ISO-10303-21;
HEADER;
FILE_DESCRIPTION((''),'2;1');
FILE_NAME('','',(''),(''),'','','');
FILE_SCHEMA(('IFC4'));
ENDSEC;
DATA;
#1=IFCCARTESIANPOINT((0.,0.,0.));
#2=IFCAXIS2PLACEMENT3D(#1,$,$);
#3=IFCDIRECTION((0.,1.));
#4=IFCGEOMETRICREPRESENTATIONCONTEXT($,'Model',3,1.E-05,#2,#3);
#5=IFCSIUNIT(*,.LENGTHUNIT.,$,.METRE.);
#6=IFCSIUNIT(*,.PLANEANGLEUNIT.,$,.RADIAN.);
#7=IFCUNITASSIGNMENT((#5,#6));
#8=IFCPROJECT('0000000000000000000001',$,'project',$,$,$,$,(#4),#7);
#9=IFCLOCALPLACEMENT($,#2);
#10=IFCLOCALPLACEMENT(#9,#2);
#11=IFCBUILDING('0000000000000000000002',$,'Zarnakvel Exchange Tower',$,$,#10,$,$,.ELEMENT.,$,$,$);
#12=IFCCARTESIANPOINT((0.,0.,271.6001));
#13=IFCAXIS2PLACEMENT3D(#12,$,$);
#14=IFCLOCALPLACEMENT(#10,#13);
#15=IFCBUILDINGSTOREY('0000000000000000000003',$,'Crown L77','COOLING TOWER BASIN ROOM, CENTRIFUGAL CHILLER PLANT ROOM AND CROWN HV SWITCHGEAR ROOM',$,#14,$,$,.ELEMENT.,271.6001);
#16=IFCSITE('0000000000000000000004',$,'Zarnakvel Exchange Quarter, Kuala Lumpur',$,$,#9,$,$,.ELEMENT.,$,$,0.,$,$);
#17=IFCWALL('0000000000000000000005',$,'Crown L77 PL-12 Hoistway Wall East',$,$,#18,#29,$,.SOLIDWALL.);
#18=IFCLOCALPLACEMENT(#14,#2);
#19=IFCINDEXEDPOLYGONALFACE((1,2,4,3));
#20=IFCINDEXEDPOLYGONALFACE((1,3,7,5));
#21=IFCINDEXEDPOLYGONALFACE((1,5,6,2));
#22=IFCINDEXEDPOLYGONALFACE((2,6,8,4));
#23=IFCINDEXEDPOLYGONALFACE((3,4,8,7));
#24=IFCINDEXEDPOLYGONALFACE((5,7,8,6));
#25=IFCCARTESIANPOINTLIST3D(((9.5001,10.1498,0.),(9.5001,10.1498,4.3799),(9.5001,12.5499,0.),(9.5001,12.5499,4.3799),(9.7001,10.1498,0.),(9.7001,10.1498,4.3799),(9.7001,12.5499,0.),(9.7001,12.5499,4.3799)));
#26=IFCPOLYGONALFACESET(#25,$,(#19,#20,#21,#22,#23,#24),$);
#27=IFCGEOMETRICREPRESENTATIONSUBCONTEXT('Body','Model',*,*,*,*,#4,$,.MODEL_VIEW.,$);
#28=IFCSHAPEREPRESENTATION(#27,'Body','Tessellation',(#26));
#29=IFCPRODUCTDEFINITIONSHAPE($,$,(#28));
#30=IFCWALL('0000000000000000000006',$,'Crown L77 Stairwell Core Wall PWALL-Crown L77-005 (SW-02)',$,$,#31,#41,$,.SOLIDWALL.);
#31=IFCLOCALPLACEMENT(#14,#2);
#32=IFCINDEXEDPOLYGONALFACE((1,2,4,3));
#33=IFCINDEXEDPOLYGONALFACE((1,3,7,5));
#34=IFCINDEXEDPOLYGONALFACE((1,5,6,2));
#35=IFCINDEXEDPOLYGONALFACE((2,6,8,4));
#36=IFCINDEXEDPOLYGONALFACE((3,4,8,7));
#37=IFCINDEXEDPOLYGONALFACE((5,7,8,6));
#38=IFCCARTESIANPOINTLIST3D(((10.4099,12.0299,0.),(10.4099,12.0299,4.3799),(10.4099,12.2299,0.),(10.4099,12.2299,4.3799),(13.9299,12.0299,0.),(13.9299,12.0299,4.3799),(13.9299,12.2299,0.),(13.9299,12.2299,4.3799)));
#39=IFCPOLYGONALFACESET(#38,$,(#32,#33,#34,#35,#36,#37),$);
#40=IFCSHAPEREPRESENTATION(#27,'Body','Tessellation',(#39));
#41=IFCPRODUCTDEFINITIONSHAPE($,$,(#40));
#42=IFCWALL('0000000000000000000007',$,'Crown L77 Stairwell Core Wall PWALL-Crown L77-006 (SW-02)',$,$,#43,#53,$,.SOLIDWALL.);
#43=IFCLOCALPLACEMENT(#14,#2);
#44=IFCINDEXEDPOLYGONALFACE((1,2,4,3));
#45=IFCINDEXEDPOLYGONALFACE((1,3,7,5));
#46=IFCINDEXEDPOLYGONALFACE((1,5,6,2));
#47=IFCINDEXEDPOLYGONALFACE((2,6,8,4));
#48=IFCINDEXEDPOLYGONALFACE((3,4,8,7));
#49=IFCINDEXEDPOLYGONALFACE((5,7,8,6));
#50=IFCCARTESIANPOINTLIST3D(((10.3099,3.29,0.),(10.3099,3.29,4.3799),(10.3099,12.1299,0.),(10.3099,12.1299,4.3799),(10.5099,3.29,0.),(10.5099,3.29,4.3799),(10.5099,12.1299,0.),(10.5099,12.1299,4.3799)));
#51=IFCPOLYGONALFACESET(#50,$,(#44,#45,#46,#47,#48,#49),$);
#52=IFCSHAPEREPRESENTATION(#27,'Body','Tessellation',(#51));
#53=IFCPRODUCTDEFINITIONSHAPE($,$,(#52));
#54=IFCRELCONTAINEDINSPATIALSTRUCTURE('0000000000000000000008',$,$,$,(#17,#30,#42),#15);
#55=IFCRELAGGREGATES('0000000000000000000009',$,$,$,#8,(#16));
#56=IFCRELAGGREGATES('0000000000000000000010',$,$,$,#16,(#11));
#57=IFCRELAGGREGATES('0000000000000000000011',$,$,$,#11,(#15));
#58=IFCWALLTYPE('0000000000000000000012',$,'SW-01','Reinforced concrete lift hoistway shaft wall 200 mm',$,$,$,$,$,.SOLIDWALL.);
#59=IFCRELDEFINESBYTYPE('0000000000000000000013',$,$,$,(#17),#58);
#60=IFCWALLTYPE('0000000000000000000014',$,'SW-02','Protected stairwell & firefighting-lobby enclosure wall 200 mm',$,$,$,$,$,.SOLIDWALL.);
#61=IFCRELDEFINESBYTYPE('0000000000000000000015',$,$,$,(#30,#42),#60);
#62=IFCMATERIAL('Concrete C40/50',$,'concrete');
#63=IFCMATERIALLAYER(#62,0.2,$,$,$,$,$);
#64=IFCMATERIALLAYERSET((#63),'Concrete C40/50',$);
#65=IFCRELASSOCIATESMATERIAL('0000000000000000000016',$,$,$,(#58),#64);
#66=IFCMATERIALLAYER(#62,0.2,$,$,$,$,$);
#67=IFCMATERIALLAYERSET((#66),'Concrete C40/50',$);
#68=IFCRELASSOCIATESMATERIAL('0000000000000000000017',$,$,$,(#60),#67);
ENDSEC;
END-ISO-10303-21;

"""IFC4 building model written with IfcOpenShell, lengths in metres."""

from ifc_helpers import new_model, si_unit, direction, frame, frame_2d, origin, place, context, subcontext, project, spatial, rectangle, extrude, material, layer, layer_set, type_object, element, save


model = new_model("IFC4")

# Units and contexts
model_context = context("Model", 3, precision=1e-05, world=origin(), true_north=direction((0.0, 1.0)))
body_context = subcontext(model_context, "Body", "Model", "MODEL_VIEW")
ifc_project = project(units=[si_unit("LENGTHUNIT", "METRE"), si_unit("PLANEANGLEUNIT", "RADIAN")], contexts=[model_context])

# Site, building, storey
site_placement = place(None, origin())
site = spatial("IfcSite", under=ifc_project, at=site_placement, Name="Zarnakvel Exchange Quarter, Kuala Lumpur", CompositionType="ELEMENT", RefElevation=0.0)
building_placement = place(site_placement, origin())
building = spatial("IfcBuilding", under=site, at=building_placement, Name="Zarnakvel Exchange Tower", CompositionType="ELEMENT")
storey_placement = place(building_placement, frame((0.0, 0.0, 271.6001)))
storey = spatial("IfcBuildingStorey", under=building, at=storey_placement, Name="Crown L77", Description="COOLING TOWER BASIN ROOM, CENTRIFUGAL CHILLER PLANT ROOM AND CROWN HV SWITCHGEAR ROOM", CompositionType="ELEMENT", Elevation=271.6001)

# Shared definitions
ifc_material_1 = material(Name="Concrete C40/50", Category="concrete")
ifc_layer_1 = layer(ifc_material_1, 0.2)
ifc_layer_set_1 = layer_set([ifc_layer_1], Name="Concrete C40/50")
wall_type_1 = type_object("IfcWallType", Name="SW-01", Description="Reinforced concrete lift hoistway shaft wall 200 mm", PredefinedType="SOLIDWALL", material=ifc_layer_set_1)

# Walls
wall_1_placement = place(storey_placement, frame((9.6001, 12.55, 0.0), z_axis=(0.0, 0.0, 1.0), x_axis=(0.0, -1.0, 0.0)))
element("IfcWall", 1, at=wall_1_placement, inside=storey, type_object=wall_type_1, Name="Crown L77 PL-12 Hoistway Wall East", PredefinedType="SOLIDWALL", context=body_context, shape_type="SweptSolid", body=[
    extrude(rectangle(XDim=2.4001, YDim=0.2, at=frame_2d((1.2002, 0.0))), origin(), (0.0, 0.0, 1.0), 4.3799),
])
ifc_layer_2 = layer(ifc_material_1, 0.2)
ifc_layer_set_2 = layer_set([ifc_layer_2], Name="Concrete C40/50")
wall_type_2 = type_object("IfcWallType", Name="SW-02", Description="Protected stairwell & firefighting-lobby enclosure wall 200 mm", PredefinedType="SOLIDWALL", material=ifc_layer_set_2)
wall_2_placement = place(storey_placement, frame((10.4099, 12.1299, 0.0), z_axis=(0.0, 0.0, 1.0), x_axis=(1.0, 0.0, 0.0)))
element("IfcWall", 2, at=wall_2_placement, inside=storey, type_object=wall_type_2, Name="Crown L77 Stairwell Core Wall PWALL-Crown L77-005 (SW-02)", PredefinedType="SOLIDWALL", context=body_context, shape_type="SweptSolid", body=[
    extrude(rectangle(XDim=3.52, YDim=0.2, at=frame_2d((1.76, 0.0))), origin(), (0.0, 0.0, 1.0), 4.3799),
])
wall_3_placement = place(storey_placement, frame((10.4099, 3.29, 0.0), z_axis=(0.0, 0.0, 1.0), x_axis=(0.0, 1.0, 0.0)))
element("IfcWall", 3, at=wall_3_placement, inside=storey, type_object=wall_type_2, Name="Crown L77 Stairwell Core Wall PWALL-Crown L77-006 (SW-02)", PredefinedType="SOLIDWALL", context=body_context, shape_type="SweptSolid", body=[
    extrude(rectangle(XDim=8.8398, YDim=0.2, at=frame_2d((4.4199, 0.0))), origin(), (0.0, 0.0, 1.0), 4.3799),
])

save(model, "model.ifc")
